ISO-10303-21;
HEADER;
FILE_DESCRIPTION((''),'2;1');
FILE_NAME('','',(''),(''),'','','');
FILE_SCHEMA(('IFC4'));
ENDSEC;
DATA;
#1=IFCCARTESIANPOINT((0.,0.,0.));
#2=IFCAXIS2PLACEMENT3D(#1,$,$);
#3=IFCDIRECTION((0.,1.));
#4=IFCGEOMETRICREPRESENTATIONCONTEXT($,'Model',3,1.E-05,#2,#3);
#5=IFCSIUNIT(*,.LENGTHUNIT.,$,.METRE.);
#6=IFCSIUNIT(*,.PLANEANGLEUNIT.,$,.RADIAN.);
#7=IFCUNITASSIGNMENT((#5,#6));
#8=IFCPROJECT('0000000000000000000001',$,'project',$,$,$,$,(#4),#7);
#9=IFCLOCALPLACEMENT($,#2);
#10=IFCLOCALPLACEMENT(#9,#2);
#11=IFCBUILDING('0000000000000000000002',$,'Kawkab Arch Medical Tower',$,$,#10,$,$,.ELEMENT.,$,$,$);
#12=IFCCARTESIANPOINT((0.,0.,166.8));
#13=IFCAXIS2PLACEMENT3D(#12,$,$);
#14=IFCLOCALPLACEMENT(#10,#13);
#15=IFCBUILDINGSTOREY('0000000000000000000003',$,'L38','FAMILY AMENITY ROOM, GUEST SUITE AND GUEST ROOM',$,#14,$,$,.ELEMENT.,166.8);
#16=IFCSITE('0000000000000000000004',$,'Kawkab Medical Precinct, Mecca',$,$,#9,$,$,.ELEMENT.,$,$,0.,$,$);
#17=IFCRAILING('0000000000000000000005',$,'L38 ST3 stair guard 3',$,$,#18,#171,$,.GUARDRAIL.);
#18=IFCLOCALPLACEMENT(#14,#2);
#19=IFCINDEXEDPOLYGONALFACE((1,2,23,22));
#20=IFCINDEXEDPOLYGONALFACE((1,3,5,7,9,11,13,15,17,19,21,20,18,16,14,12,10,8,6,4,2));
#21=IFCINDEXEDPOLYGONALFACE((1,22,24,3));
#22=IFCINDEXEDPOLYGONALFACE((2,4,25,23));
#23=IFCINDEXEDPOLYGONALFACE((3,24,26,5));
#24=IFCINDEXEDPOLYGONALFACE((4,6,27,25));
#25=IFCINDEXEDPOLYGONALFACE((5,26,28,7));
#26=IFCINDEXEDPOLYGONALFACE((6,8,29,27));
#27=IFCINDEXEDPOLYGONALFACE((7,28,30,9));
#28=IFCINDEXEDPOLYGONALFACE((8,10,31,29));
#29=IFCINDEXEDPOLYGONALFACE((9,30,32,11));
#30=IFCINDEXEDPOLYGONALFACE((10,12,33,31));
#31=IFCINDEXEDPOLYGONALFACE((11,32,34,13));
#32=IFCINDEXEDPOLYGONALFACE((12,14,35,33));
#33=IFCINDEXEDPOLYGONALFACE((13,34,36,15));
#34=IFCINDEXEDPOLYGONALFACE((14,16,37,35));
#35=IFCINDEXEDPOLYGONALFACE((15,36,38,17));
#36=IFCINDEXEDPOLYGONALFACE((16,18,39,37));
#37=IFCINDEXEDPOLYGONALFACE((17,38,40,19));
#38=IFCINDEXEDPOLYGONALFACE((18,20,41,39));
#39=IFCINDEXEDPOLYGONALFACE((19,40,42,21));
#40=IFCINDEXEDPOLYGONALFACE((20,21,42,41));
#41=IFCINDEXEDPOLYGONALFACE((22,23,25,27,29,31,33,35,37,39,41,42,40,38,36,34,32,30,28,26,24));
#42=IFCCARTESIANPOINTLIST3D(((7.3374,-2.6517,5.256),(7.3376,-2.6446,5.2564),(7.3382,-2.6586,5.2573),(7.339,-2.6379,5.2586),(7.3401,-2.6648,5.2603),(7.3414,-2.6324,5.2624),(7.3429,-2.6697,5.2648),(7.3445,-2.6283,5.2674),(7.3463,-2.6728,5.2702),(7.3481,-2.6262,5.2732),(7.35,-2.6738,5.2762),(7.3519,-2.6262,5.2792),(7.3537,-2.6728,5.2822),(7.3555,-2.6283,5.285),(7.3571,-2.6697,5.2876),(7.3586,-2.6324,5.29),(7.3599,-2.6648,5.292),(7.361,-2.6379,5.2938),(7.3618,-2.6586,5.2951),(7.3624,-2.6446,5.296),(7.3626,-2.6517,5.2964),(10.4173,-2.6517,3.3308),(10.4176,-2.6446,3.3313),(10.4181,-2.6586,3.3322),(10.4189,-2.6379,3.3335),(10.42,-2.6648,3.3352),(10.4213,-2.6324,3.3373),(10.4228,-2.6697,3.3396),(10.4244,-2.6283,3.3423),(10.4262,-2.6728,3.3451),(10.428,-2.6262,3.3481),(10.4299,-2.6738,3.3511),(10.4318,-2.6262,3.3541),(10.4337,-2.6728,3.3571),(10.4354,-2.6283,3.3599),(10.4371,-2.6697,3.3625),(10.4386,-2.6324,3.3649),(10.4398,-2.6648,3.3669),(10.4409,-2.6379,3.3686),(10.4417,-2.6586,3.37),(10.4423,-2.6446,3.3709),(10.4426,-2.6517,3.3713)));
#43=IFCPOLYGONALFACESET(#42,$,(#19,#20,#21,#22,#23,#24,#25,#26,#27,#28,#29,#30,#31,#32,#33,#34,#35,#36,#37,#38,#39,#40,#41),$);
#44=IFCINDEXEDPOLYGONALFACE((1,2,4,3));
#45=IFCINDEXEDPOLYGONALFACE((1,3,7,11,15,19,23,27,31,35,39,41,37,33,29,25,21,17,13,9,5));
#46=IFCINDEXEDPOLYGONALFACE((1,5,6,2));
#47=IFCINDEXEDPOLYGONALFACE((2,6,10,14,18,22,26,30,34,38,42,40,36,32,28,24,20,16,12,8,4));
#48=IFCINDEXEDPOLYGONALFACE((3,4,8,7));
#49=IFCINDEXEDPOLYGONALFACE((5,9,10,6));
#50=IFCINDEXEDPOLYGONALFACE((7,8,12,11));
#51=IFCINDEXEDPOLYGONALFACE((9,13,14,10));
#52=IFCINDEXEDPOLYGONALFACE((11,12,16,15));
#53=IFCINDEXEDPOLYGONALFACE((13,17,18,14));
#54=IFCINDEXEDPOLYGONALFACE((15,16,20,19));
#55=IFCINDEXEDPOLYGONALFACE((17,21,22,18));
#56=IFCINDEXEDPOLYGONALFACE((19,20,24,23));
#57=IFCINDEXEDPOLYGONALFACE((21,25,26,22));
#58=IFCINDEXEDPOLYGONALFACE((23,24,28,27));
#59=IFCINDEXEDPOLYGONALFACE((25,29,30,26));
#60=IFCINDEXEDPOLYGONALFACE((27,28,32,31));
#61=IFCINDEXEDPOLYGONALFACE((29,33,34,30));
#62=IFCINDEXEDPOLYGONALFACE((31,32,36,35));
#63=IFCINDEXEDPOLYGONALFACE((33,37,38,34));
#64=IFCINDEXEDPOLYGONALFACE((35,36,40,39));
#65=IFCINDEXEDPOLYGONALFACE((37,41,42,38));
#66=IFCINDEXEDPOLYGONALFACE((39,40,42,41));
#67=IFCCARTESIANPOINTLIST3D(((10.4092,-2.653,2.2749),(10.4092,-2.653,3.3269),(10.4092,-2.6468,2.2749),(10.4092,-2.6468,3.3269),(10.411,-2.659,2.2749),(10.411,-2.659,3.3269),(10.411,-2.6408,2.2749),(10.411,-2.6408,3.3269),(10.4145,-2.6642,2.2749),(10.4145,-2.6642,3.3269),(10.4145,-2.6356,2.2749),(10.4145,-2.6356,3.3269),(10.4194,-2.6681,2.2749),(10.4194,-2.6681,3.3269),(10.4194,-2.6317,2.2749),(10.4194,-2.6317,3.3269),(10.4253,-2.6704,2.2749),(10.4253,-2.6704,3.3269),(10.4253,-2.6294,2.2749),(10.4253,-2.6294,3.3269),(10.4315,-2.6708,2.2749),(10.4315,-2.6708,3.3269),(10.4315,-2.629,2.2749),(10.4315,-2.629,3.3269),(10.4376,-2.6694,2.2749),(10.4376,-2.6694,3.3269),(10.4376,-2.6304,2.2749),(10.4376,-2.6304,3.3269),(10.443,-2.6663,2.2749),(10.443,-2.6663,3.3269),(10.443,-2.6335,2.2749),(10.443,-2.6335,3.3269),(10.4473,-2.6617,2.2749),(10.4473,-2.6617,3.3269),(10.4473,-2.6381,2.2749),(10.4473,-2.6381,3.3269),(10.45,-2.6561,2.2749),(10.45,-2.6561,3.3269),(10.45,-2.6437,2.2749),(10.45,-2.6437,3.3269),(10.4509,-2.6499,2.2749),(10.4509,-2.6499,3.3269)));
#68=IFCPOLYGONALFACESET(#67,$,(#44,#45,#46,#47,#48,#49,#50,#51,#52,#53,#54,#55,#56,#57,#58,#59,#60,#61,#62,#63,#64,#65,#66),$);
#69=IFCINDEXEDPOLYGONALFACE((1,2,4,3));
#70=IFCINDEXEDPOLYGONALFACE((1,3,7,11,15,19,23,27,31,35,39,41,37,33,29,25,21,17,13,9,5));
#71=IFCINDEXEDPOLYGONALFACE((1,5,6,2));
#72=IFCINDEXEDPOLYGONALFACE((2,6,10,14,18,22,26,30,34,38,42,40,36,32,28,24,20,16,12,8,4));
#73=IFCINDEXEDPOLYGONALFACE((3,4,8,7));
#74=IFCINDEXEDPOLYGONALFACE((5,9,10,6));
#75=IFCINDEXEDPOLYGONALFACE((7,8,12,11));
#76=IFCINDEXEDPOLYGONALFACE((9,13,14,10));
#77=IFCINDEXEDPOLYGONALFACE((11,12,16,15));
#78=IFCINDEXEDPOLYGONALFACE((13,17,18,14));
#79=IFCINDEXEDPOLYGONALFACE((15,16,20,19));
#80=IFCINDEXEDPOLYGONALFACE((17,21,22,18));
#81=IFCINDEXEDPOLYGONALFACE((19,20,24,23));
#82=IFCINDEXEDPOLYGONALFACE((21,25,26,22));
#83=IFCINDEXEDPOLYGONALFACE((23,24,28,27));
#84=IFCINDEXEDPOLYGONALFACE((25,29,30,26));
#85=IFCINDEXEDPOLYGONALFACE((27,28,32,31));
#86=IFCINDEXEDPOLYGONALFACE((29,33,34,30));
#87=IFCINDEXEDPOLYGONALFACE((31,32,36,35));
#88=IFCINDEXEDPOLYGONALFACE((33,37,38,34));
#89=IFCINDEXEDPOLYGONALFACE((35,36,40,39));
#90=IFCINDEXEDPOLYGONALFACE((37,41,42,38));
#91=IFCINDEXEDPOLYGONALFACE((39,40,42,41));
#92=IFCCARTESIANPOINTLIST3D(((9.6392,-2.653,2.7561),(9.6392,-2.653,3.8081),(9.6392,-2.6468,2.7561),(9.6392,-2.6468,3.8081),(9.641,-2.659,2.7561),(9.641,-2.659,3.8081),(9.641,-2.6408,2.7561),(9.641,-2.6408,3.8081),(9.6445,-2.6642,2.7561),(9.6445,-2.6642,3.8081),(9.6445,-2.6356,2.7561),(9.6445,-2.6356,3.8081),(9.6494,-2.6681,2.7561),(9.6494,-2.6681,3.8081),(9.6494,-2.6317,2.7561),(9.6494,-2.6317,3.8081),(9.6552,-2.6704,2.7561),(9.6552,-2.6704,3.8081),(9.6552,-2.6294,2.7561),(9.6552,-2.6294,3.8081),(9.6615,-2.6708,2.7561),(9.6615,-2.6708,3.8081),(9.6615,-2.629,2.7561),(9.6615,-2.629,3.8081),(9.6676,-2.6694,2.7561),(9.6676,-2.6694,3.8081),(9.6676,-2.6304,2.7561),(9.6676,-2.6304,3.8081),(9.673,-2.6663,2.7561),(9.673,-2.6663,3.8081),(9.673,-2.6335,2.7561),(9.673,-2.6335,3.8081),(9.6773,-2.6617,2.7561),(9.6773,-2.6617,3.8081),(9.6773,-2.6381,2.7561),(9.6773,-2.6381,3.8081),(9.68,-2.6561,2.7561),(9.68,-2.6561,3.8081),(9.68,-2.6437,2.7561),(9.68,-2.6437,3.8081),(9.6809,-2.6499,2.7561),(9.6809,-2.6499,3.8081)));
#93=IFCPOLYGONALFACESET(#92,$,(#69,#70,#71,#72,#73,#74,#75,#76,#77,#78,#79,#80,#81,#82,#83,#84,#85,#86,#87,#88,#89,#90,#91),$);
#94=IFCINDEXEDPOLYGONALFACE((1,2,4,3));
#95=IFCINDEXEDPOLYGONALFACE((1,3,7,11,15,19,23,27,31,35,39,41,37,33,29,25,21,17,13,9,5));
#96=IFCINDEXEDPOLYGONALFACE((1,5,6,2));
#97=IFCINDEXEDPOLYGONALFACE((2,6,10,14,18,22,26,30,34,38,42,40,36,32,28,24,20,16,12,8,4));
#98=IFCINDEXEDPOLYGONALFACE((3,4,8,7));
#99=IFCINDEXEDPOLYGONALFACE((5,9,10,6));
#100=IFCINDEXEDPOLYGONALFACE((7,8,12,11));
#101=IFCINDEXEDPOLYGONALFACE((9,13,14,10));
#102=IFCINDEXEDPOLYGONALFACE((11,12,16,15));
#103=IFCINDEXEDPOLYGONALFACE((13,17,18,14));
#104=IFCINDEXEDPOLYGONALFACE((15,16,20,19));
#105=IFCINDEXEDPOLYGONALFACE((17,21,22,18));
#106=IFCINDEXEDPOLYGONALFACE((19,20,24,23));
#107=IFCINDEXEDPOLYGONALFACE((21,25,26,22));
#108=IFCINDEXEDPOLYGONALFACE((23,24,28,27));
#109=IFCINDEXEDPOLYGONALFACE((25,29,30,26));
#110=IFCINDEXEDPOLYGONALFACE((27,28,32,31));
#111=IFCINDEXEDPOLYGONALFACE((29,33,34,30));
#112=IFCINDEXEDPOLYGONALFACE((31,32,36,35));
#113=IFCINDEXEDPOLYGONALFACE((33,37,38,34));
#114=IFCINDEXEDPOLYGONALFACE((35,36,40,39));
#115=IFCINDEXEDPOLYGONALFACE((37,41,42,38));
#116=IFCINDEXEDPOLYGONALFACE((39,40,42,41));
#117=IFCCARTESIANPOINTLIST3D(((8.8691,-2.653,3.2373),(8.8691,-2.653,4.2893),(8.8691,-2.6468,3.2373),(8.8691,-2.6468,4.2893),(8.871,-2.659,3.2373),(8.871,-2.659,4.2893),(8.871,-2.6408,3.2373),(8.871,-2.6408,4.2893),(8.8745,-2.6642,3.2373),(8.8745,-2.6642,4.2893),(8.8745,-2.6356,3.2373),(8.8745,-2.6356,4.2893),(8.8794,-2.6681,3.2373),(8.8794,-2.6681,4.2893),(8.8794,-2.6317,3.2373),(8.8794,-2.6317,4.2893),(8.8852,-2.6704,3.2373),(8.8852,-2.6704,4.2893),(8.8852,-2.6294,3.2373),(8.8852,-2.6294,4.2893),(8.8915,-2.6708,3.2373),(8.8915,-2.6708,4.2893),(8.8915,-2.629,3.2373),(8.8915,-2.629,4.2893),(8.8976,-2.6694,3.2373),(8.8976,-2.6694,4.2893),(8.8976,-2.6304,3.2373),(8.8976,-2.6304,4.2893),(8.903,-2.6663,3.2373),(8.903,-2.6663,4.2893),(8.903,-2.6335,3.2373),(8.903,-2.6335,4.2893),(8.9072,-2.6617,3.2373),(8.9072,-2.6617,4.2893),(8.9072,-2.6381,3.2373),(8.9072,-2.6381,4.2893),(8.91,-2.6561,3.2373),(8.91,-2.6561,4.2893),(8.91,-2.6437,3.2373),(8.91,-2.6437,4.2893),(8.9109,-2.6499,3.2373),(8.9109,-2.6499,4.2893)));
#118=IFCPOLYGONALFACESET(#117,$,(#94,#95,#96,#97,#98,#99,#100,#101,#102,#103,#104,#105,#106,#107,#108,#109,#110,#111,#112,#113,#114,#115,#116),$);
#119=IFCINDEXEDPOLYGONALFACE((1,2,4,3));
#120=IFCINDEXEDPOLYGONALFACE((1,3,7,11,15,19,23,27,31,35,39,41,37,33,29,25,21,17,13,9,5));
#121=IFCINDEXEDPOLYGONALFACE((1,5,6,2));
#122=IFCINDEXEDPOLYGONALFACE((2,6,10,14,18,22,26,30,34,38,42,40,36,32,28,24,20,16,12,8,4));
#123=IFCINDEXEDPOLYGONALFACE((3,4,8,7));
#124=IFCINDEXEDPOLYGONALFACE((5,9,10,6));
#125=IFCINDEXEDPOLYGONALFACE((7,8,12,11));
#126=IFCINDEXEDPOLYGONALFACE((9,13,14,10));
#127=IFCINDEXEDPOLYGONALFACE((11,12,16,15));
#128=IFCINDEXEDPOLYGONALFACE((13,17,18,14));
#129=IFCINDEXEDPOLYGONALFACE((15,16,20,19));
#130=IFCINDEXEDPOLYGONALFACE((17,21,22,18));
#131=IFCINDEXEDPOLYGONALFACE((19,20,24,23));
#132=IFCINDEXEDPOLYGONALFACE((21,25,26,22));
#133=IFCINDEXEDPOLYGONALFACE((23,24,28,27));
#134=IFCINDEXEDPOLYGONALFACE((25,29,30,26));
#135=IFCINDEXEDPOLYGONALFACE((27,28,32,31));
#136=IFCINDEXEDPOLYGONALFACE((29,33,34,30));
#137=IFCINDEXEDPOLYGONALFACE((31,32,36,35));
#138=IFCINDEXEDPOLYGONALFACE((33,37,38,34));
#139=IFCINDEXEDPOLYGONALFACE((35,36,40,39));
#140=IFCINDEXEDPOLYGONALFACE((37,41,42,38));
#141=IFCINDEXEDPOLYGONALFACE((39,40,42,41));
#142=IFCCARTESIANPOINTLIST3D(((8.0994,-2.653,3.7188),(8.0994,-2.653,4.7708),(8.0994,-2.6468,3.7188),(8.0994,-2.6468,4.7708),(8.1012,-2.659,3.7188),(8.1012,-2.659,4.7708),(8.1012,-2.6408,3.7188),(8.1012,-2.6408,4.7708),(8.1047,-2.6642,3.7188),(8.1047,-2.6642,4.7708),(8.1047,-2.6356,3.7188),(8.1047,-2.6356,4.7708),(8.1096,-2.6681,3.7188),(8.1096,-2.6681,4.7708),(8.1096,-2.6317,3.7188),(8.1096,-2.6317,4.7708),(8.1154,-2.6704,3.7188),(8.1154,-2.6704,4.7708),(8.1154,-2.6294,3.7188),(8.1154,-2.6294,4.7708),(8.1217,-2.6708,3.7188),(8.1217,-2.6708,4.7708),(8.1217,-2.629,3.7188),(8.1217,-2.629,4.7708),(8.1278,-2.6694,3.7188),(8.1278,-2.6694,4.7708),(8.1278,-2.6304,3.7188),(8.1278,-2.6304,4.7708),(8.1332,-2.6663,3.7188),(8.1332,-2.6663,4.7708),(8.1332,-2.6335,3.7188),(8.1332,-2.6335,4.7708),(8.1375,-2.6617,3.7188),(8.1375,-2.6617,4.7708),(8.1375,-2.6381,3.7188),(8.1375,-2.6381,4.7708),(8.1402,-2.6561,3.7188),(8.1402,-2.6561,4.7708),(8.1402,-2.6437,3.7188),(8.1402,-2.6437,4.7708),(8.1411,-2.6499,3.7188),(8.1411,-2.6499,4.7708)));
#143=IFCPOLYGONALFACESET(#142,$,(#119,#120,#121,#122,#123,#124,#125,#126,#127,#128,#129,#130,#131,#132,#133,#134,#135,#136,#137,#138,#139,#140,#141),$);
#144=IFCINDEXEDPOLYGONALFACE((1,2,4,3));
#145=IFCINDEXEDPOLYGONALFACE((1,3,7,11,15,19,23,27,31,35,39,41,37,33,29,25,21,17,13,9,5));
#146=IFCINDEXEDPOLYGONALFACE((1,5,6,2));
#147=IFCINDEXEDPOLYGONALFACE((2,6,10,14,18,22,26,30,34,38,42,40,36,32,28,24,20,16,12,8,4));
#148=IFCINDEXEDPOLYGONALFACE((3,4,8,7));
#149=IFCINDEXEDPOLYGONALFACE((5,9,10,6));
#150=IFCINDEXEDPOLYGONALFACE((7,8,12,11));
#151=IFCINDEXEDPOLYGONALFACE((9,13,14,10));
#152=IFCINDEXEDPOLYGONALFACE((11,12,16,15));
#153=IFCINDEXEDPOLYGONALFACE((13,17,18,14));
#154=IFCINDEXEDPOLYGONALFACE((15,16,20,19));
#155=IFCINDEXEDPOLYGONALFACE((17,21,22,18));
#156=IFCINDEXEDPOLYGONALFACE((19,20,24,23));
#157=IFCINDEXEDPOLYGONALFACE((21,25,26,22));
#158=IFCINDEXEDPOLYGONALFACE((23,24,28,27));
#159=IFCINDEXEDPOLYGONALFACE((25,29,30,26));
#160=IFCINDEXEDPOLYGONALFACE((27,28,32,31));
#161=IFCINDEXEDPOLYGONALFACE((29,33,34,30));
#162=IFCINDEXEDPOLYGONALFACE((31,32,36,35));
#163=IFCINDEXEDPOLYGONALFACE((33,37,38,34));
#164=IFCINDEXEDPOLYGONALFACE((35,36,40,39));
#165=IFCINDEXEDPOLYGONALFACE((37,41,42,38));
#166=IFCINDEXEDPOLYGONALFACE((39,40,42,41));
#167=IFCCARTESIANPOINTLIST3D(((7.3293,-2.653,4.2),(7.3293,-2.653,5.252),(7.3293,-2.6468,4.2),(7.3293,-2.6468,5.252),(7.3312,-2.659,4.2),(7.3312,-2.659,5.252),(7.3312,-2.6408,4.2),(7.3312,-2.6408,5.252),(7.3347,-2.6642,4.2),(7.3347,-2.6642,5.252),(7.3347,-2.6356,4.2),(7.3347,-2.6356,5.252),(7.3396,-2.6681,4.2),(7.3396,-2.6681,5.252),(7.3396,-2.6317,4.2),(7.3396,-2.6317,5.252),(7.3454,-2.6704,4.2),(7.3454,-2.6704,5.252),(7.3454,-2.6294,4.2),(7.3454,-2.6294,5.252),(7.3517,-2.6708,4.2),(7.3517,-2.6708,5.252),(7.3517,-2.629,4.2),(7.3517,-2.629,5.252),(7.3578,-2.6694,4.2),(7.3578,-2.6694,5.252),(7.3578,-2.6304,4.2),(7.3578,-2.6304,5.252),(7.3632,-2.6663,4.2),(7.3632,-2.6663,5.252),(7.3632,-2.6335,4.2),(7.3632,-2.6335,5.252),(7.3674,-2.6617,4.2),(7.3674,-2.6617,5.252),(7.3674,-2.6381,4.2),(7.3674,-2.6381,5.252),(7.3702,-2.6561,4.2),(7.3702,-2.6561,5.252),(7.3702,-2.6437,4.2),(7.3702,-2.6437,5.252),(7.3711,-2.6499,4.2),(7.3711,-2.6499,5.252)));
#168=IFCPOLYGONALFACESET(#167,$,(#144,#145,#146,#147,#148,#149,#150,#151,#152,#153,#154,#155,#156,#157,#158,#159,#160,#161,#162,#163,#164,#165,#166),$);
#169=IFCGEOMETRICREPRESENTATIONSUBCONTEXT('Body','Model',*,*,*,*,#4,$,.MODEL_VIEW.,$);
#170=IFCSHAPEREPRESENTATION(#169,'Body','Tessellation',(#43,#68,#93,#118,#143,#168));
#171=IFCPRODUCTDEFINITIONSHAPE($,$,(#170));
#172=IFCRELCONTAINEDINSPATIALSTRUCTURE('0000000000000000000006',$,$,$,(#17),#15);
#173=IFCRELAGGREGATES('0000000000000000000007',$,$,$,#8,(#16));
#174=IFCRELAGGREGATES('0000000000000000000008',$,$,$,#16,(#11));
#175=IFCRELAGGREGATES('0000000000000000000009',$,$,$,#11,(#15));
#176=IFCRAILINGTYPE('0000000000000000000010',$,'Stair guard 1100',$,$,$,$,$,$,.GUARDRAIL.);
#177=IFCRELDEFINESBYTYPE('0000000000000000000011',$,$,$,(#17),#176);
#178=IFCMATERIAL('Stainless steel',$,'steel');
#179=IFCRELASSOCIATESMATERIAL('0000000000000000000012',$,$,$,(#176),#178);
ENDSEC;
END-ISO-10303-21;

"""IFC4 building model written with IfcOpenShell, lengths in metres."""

from ifc_helpers import new_model, si_unit, direction, frame, origin, origin_2d, place, context, subcontext, project, spatial, circle, extrude, material, type_object, element, save


model = new_model("IFC4")

# Units and contexts
model_context = context("Model", 3, precision=1e-05, world=origin(), true_north=direction((0.0, 1.0)))
body_context = subcontext(model_context, "Body", "Model", "MODEL_VIEW")
ifc_project = project(units=[si_unit("LENGTHUNIT", "METRE"), si_unit("PLANEANGLEUNIT", "RADIAN")], contexts=[model_context])

# Site, building, storey
site_placement = place(None, origin())
site = spatial("IfcSite", under=ifc_project, at=site_placement, Name="Kawkab Medical Precinct, Mecca", CompositionType="ELEMENT", RefElevation=0.0)
building_placement = place(site_placement, origin())
building = spatial("IfcBuilding", under=site, at=building_placement, Name="Kawkab Arch Medical Tower", CompositionType="ELEMENT")
storey_placement = place(building_placement, frame((0.0, 0.0, 166.8)))
storey = spatial("IfcBuildingStorey", under=building, at=storey_placement, Name="L38", Description="FAMILY AMENITY ROOM, GUEST SUITE AND GUEST ROOM", CompositionType="ELEMENT", Elevation=166.8)

# Railing
ifc_material_1 = material(Name="Stainless steel", Category="steel")
railing_type_1 = type_object("IfcRailingType", Name="Stair guard 1100", PredefinedType="GUARDRAIL", material=ifc_material_1)
railing_1_placement = place(storey_placement, frame((10.4299, -2.6499, 2.2749)))
element("IfcRailing", 1, at=railing_1_placement, inside=storey, type_object=railing_type_1, Name="L38 ST3 stair guard 3", PredefinedType="GUARDRAIL", context=body_context, shape_type="SweptSolid", body=[
    extrude(circle(Radius=0.0239, at=origin_2d()), frame((0.0, 0.0, 1.0762), z_axis=(-0.847979, 0.0, 0.530029), x_axis=(0.0, -1.0, 0.0)), (0.0, 0.0, 1.0), 3.6321),
    extrude(circle(Radius=0.021, at=origin_2d()), origin(), (0.0, 0.0, 1.0), 1.052),
    extrude(circle(Radius=0.021, at=origin_2d()), frame((-0.77, 0.0, 0.4812)), (0.0, 0.0, 1.0), 1.052),
    extrude(circle(Radius=0.021, at=origin_2d()), frame((-1.54, 0.0, 0.9624)), (0.0, 0.0, 1.0), 1.052),
    extrude(circle(Radius=0.021, at=origin_2d()), frame((-2.3098, 0.0, 1.4438)), (0.0, 0.0, 1.0), 1.052),
    extrude(circle(Radius=0.021, at=origin_2d()), frame((-3.0798, 0.0, 1.925)), (0.0, 0.0, 1.0), 1.052),
])

save(model, "model.ifc")
